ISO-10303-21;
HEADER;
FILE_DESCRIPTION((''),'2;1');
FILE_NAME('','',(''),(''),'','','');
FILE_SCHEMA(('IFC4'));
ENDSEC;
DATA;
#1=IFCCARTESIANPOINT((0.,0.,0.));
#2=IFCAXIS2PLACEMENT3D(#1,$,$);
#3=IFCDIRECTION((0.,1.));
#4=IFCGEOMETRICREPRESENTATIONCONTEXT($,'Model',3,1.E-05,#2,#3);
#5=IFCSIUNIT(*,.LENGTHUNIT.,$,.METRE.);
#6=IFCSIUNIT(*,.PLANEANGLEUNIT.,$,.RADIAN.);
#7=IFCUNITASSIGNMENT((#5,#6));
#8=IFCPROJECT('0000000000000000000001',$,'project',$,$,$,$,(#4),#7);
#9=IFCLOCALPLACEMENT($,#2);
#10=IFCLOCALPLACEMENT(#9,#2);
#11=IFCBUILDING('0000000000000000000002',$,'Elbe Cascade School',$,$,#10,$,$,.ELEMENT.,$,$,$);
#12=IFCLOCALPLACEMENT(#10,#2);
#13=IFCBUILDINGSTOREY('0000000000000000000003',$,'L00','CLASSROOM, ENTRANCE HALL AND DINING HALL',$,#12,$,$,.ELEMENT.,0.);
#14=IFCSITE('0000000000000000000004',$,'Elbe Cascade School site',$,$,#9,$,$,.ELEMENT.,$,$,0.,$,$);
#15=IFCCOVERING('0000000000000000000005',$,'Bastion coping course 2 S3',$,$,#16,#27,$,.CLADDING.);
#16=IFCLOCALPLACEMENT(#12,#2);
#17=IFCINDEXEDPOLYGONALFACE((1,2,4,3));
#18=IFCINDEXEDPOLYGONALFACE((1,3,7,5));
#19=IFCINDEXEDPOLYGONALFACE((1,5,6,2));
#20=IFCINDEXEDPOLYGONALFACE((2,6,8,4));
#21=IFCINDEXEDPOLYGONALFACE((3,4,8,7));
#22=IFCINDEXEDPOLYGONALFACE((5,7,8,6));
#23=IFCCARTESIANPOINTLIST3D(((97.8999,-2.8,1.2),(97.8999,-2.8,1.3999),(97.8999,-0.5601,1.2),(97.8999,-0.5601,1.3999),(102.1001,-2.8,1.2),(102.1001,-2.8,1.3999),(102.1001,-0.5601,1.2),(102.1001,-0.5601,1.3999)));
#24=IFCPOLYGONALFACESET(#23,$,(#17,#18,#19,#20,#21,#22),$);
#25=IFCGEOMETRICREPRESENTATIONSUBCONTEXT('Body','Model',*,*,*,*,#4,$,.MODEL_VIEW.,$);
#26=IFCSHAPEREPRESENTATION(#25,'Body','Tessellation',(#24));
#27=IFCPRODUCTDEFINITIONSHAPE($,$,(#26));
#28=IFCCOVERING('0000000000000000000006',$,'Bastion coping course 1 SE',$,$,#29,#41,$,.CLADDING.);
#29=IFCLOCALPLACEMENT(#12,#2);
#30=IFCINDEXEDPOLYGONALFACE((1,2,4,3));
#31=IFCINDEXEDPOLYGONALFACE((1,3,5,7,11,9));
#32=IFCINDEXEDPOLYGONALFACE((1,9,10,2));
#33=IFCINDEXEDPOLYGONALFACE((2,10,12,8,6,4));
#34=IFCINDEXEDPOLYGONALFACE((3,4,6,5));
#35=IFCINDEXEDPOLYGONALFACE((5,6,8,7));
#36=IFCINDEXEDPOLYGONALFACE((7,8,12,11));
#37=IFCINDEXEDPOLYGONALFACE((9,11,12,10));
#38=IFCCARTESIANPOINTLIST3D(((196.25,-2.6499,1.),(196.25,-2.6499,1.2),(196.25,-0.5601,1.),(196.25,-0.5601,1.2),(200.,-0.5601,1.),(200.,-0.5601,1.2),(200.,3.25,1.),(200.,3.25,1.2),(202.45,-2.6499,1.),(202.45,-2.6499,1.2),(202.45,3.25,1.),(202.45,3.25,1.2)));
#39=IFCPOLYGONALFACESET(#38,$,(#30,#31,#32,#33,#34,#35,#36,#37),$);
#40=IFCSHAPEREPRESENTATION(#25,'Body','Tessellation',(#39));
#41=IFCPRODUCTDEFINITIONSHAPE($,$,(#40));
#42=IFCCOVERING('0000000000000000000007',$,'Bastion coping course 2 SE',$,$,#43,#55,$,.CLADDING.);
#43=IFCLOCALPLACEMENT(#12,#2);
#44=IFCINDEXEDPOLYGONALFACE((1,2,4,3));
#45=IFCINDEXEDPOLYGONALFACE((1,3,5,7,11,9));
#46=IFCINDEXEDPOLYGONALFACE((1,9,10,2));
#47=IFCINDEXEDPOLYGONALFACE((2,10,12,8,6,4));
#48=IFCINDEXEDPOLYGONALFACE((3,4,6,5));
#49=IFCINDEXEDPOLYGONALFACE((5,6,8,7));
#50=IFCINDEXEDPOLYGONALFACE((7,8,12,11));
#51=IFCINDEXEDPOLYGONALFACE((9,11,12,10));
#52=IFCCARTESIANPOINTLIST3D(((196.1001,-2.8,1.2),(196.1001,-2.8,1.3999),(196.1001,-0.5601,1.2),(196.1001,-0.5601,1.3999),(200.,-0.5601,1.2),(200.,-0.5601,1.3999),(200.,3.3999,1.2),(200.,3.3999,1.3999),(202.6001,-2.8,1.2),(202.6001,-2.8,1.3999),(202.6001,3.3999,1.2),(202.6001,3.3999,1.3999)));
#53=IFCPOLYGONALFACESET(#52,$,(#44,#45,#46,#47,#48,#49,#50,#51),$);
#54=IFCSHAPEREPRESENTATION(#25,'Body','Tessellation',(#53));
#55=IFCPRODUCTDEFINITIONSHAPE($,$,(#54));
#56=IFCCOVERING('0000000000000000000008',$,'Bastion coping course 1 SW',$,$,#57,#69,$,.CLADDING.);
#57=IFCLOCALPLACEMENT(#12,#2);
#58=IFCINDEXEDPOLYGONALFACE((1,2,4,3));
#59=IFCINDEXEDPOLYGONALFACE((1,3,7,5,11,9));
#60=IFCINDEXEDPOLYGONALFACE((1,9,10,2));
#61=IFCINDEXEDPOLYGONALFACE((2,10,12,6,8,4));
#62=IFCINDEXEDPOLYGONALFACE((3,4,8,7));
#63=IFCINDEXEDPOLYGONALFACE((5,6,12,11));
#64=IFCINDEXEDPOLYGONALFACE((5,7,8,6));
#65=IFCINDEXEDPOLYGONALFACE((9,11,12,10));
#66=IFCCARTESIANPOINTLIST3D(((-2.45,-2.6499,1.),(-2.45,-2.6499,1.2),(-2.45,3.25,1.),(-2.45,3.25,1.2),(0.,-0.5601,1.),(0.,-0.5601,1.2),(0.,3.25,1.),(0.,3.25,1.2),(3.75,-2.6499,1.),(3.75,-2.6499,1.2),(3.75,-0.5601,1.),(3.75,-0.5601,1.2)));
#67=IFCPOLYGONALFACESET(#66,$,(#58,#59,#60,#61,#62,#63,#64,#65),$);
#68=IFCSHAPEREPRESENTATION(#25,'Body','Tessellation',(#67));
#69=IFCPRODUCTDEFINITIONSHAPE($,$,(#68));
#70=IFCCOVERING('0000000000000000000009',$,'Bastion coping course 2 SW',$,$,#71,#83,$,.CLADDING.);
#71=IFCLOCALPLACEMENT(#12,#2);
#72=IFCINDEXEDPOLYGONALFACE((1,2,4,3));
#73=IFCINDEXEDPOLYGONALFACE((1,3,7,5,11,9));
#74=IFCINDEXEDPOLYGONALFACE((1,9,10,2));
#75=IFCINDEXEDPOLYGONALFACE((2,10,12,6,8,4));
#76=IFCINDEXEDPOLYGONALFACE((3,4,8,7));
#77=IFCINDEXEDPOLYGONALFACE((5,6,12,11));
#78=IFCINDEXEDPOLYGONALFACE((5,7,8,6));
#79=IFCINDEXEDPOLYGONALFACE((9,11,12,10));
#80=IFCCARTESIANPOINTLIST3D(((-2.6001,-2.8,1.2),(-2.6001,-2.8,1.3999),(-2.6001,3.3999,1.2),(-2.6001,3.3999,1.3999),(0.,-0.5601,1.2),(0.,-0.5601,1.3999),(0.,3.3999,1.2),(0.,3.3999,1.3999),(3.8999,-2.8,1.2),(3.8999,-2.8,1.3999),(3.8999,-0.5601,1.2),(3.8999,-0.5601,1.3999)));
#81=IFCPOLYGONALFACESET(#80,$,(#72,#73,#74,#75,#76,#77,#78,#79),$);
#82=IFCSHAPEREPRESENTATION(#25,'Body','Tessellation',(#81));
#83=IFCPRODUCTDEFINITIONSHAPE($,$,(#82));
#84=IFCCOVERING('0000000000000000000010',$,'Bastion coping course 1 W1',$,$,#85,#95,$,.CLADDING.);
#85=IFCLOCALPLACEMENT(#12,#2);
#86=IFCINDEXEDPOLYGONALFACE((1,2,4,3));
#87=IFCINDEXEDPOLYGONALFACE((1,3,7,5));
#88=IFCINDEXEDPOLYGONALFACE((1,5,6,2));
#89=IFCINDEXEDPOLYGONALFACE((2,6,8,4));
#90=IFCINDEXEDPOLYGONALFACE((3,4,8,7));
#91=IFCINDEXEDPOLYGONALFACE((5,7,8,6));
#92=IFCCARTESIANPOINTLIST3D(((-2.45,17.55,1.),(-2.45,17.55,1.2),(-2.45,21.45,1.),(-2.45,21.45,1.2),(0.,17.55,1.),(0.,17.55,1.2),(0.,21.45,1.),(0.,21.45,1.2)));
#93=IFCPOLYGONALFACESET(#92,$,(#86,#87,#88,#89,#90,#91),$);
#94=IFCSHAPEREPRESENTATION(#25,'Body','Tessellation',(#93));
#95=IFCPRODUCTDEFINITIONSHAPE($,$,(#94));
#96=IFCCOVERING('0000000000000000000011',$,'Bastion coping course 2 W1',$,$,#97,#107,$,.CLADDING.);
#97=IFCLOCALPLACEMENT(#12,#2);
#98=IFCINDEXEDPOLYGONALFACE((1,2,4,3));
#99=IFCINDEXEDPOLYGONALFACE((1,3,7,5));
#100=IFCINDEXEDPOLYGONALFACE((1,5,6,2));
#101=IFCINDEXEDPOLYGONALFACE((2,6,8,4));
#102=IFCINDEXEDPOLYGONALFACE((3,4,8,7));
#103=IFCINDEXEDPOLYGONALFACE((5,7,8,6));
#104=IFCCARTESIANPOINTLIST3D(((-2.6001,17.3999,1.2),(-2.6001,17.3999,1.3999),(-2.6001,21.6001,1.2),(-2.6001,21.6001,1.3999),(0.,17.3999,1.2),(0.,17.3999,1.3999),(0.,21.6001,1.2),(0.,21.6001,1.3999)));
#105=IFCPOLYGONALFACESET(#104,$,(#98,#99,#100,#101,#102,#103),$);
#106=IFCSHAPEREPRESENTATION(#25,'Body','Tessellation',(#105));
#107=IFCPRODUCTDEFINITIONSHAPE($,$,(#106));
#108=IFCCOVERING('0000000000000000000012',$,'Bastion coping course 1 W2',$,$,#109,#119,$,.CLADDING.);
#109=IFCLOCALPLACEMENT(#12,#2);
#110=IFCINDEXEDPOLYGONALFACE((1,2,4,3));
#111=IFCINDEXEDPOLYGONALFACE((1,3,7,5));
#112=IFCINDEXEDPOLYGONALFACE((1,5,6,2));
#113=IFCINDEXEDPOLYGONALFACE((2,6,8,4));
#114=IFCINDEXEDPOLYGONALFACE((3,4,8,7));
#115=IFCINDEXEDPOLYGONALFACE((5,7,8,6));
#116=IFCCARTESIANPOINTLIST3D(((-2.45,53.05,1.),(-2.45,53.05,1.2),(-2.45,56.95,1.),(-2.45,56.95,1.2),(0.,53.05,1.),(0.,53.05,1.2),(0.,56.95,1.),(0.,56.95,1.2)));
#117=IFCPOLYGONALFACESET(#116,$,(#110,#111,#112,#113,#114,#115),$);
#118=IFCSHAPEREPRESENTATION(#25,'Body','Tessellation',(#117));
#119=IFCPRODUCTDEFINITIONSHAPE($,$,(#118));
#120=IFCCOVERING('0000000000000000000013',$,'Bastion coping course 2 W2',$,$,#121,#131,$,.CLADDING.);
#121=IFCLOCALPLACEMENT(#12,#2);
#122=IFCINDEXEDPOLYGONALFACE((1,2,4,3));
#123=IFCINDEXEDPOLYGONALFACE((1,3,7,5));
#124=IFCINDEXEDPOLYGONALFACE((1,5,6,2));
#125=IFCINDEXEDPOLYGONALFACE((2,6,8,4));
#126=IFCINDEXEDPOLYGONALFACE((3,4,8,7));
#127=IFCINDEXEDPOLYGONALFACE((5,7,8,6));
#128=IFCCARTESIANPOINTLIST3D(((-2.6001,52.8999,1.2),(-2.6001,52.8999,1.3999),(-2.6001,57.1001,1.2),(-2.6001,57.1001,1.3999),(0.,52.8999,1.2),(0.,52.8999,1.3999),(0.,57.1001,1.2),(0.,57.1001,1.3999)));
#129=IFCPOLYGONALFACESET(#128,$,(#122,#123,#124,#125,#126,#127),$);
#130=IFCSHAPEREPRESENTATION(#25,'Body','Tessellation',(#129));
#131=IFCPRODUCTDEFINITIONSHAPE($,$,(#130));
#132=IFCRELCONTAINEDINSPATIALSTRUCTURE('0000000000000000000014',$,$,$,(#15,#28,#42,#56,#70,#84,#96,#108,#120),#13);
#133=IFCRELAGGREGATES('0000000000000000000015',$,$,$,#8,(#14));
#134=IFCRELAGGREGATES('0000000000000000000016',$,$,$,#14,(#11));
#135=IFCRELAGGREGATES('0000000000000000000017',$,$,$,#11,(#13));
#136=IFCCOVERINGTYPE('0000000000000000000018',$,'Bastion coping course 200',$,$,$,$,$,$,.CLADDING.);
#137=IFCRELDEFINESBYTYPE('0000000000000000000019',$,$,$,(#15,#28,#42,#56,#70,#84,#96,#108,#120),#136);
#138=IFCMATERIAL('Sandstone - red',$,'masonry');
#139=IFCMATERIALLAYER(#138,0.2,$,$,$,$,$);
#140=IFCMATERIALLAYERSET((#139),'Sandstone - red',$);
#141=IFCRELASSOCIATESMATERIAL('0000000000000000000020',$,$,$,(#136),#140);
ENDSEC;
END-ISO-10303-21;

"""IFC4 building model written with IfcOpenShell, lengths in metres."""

from ifc_helpers import new_model, si_unit, direction, frame, origin, place, context, subcontext, project, spatial, polyline, outline, extrude, material, layer, layer_set, type_object, element, save


model = new_model("IFC4")

# Units and contexts
model_context = context("Model", 3, precision=1e-05, world=origin(), true_north=direction((0.0, 1.0)))
body_context = subcontext(model_context, "Body", "Model", "MODEL_VIEW")
ifc_project = project(units=[si_unit("LENGTHUNIT", "METRE"), si_unit("PLANEANGLEUNIT", "RADIAN")], contexts=[model_context])

# Site, building, storey
site_placement = place(None, origin())
site = spatial("IfcSite", under=ifc_project, at=site_placement, Name="Elbe Cascade School site", CompositionType="ELEMENT", RefElevation=0.0)
building_placement = place(site_placement, origin())
building = spatial("IfcBuilding", under=site, at=building_placement, Name="Elbe Cascade School", CompositionType="ELEMENT")
storey_placement = place(building_placement, origin())
storey = spatial("IfcBuildingStorey", under=building, at=storey_placement, Name="L00", Description="CLASSROOM, ENTRANCE HALL AND DINING HALL", CompositionType="ELEMENT", Elevation=0.0)

# Coverings
ifc_material = material(Name="Sandstone - red", Category="masonry")
ifc_layer = layer(ifc_material, 0.2)
ifc_layer_set = layer_set([ifc_layer], Name="Sandstone - red")
covering_type = type_object("IfcCoveringType", Name="Bastion coping course 200", PredefinedType="CLADDING", material=ifc_layer_set)
covering_1_placement = place(storey_placement, frame((0.0, 0.0, 1.2)))
element("IfcCovering", 1, at=covering_1_placement, inside=storey, type_object=covering_type, Name="Bastion coping course 2 S3", PredefinedType="CLADDING", context=body_context, shape_type="SweptSolid", body=[
    extrude(outline(polyline([(102.1001, -2.8), (102.1001, -0.5601), (97.8999, -0.5601), (97.8999, -2.8), (102.1001, -2.8)])), origin(), (0.0, 0.0, 1.0), 0.2),
])
covering_2_placement = place(storey_placement, frame((0.0, 0.0, 1.0)))
element("IfcCovering", 2, at=covering_2_placement, inside=storey, type_object=covering_type, Name="Bastion coping course 1 SE", PredefinedType="CLADDING", context=body_context, shape_type="SweptSolid", body=[
    extrude(outline(polyline([(196.25, -2.6499), (202.45, -2.6499), (202.45, 3.25), (200.0, 3.25), (200.0, -0.5601), (196.25, -0.5601), (196.25, -2.6499)])), origin(), (0.0, 0.0, 1.0), 0.2),
])
covering_3_placement = place(storey_placement, frame((0.0, 0.0, 1.2)))
element("IfcCovering", 3, at=covering_3_placement, inside=storey, type_object=covering_type, Name="Bastion coping course 2 SE", PredefinedType="CLADDING", context=body_context, shape_type="SweptSolid", body=[
    extrude(outline(polyline([(196.1001, -2.8), (202.6001, -2.8), (202.6001, 3.3999), (200.0, 3.3999), (200.0, -0.5601), (196.1001, -0.5601), (196.1001, -2.8)])), origin(), (0.0, 0.0, 1.0), 0.2),
])
covering_4_placement = place(storey_placement, frame((0.0, 0.0, 1.0)))
element("IfcCovering", 4, at=covering_4_placement, inside=storey, type_object=covering_type, Name="Bastion coping course 1 SW", PredefinedType="CLADDING", context=body_context, shape_type="SweptSolid", body=[
    extrude(outline(polyline([(3.75, -0.5601), (0.0, -0.5601), (0.0, 3.25), (-2.45, 3.25), (-2.45, -2.6499), (3.75, -2.6499), (3.75, -0.5601)])), origin(), (0.0, 0.0, 1.0), 0.2),
])
covering_5_placement = place(storey_placement, frame((0.0, 0.0, 1.2)))
element("IfcCovering", 5, at=covering_5_placement, inside=storey, type_object=covering_type, Name="Bastion coping course 2 SW", PredefinedType="CLADDING", context=body_context, shape_type="SweptSolid", body=[
    extrude(outline(polyline([(3.8999, -0.5601), (0.0, -0.5601), (0.0, 3.3999), (-2.6001, 3.3999), (-2.6001, -2.8), (3.8999, -2.8), (3.8999, -0.5601)])), origin(), (0.0, 0.0, 1.0), 0.2),
])
covering_6_placement = place(storey_placement, frame((0.0, 0.0, 1.0)))
element("IfcCovering", 6, at=covering_6_placement, inside=storey, type_object=covering_type, Name="Bastion coping course 1 W1", PredefinedType="CLADDING", context=body_context, shape_type="SweptSolid", body=[
    extrude(outline(polyline([(0.0, 17.55), (0.0, 21.45), (-2.45, 21.45), (-2.45, 17.55), (0.0, 17.55)])), origin(), (0.0, 0.0, 1.0), 0.2),
])
covering_7_placement = place(storey_placement, frame((0.0, 0.0, 1.2)))
element("IfcCovering", 7, at=covering_7_placement, inside=storey, type_object=covering_type, Name="Bastion coping course 2 W1", PredefinedType="CLADDING", context=body_context, shape_type="SweptSolid", body=[
    extrude(outline(polyline([(0.0, 17.3999), (0.0, 21.6001), (-2.6001, 21.6001), (-2.6001, 17.3999), (0.0, 17.3999)])), origin(), (0.0, 0.0, 1.0), 0.2),
])
covering_8_placement = place(storey_placement, frame((0.0, 0.0, 1.0)))
element("IfcCovering", 8, at=covering_8_placement, inside=storey, type_object=covering_type, Name="Bastion coping course 1 W2", PredefinedType="CLADDING", context=body_context, shape_type="SweptSolid", body=[
    extrude(outline(polyline([(0.0, 53.05), (0.0, 56.95), (-2.45, 56.95), (-2.45, 53.05), (0.0, 53.05)])), origin(), (0.0, 0.0, 1.0), 0.2),
])
covering_9_placement = place(storey_placement, frame((0.0, 0.0, 1.2)))
element("IfcCovering", 9, at=covering_9_placement, inside=storey, type_object=covering_type, Name="Bastion coping course 2 W2", PredefinedType="CLADDING", context=body_context, shape_type="SweptSolid", body=[
    extrude(outline(polyline([(0.0, 52.8999), (0.0, 57.1001), (-2.6001, 57.1001), (-2.6001, 52.8999), (0.0, 52.8999)])), origin(), (0.0, 0.0, 1.0), 0.2),
])

save(model, "model.ifc")
